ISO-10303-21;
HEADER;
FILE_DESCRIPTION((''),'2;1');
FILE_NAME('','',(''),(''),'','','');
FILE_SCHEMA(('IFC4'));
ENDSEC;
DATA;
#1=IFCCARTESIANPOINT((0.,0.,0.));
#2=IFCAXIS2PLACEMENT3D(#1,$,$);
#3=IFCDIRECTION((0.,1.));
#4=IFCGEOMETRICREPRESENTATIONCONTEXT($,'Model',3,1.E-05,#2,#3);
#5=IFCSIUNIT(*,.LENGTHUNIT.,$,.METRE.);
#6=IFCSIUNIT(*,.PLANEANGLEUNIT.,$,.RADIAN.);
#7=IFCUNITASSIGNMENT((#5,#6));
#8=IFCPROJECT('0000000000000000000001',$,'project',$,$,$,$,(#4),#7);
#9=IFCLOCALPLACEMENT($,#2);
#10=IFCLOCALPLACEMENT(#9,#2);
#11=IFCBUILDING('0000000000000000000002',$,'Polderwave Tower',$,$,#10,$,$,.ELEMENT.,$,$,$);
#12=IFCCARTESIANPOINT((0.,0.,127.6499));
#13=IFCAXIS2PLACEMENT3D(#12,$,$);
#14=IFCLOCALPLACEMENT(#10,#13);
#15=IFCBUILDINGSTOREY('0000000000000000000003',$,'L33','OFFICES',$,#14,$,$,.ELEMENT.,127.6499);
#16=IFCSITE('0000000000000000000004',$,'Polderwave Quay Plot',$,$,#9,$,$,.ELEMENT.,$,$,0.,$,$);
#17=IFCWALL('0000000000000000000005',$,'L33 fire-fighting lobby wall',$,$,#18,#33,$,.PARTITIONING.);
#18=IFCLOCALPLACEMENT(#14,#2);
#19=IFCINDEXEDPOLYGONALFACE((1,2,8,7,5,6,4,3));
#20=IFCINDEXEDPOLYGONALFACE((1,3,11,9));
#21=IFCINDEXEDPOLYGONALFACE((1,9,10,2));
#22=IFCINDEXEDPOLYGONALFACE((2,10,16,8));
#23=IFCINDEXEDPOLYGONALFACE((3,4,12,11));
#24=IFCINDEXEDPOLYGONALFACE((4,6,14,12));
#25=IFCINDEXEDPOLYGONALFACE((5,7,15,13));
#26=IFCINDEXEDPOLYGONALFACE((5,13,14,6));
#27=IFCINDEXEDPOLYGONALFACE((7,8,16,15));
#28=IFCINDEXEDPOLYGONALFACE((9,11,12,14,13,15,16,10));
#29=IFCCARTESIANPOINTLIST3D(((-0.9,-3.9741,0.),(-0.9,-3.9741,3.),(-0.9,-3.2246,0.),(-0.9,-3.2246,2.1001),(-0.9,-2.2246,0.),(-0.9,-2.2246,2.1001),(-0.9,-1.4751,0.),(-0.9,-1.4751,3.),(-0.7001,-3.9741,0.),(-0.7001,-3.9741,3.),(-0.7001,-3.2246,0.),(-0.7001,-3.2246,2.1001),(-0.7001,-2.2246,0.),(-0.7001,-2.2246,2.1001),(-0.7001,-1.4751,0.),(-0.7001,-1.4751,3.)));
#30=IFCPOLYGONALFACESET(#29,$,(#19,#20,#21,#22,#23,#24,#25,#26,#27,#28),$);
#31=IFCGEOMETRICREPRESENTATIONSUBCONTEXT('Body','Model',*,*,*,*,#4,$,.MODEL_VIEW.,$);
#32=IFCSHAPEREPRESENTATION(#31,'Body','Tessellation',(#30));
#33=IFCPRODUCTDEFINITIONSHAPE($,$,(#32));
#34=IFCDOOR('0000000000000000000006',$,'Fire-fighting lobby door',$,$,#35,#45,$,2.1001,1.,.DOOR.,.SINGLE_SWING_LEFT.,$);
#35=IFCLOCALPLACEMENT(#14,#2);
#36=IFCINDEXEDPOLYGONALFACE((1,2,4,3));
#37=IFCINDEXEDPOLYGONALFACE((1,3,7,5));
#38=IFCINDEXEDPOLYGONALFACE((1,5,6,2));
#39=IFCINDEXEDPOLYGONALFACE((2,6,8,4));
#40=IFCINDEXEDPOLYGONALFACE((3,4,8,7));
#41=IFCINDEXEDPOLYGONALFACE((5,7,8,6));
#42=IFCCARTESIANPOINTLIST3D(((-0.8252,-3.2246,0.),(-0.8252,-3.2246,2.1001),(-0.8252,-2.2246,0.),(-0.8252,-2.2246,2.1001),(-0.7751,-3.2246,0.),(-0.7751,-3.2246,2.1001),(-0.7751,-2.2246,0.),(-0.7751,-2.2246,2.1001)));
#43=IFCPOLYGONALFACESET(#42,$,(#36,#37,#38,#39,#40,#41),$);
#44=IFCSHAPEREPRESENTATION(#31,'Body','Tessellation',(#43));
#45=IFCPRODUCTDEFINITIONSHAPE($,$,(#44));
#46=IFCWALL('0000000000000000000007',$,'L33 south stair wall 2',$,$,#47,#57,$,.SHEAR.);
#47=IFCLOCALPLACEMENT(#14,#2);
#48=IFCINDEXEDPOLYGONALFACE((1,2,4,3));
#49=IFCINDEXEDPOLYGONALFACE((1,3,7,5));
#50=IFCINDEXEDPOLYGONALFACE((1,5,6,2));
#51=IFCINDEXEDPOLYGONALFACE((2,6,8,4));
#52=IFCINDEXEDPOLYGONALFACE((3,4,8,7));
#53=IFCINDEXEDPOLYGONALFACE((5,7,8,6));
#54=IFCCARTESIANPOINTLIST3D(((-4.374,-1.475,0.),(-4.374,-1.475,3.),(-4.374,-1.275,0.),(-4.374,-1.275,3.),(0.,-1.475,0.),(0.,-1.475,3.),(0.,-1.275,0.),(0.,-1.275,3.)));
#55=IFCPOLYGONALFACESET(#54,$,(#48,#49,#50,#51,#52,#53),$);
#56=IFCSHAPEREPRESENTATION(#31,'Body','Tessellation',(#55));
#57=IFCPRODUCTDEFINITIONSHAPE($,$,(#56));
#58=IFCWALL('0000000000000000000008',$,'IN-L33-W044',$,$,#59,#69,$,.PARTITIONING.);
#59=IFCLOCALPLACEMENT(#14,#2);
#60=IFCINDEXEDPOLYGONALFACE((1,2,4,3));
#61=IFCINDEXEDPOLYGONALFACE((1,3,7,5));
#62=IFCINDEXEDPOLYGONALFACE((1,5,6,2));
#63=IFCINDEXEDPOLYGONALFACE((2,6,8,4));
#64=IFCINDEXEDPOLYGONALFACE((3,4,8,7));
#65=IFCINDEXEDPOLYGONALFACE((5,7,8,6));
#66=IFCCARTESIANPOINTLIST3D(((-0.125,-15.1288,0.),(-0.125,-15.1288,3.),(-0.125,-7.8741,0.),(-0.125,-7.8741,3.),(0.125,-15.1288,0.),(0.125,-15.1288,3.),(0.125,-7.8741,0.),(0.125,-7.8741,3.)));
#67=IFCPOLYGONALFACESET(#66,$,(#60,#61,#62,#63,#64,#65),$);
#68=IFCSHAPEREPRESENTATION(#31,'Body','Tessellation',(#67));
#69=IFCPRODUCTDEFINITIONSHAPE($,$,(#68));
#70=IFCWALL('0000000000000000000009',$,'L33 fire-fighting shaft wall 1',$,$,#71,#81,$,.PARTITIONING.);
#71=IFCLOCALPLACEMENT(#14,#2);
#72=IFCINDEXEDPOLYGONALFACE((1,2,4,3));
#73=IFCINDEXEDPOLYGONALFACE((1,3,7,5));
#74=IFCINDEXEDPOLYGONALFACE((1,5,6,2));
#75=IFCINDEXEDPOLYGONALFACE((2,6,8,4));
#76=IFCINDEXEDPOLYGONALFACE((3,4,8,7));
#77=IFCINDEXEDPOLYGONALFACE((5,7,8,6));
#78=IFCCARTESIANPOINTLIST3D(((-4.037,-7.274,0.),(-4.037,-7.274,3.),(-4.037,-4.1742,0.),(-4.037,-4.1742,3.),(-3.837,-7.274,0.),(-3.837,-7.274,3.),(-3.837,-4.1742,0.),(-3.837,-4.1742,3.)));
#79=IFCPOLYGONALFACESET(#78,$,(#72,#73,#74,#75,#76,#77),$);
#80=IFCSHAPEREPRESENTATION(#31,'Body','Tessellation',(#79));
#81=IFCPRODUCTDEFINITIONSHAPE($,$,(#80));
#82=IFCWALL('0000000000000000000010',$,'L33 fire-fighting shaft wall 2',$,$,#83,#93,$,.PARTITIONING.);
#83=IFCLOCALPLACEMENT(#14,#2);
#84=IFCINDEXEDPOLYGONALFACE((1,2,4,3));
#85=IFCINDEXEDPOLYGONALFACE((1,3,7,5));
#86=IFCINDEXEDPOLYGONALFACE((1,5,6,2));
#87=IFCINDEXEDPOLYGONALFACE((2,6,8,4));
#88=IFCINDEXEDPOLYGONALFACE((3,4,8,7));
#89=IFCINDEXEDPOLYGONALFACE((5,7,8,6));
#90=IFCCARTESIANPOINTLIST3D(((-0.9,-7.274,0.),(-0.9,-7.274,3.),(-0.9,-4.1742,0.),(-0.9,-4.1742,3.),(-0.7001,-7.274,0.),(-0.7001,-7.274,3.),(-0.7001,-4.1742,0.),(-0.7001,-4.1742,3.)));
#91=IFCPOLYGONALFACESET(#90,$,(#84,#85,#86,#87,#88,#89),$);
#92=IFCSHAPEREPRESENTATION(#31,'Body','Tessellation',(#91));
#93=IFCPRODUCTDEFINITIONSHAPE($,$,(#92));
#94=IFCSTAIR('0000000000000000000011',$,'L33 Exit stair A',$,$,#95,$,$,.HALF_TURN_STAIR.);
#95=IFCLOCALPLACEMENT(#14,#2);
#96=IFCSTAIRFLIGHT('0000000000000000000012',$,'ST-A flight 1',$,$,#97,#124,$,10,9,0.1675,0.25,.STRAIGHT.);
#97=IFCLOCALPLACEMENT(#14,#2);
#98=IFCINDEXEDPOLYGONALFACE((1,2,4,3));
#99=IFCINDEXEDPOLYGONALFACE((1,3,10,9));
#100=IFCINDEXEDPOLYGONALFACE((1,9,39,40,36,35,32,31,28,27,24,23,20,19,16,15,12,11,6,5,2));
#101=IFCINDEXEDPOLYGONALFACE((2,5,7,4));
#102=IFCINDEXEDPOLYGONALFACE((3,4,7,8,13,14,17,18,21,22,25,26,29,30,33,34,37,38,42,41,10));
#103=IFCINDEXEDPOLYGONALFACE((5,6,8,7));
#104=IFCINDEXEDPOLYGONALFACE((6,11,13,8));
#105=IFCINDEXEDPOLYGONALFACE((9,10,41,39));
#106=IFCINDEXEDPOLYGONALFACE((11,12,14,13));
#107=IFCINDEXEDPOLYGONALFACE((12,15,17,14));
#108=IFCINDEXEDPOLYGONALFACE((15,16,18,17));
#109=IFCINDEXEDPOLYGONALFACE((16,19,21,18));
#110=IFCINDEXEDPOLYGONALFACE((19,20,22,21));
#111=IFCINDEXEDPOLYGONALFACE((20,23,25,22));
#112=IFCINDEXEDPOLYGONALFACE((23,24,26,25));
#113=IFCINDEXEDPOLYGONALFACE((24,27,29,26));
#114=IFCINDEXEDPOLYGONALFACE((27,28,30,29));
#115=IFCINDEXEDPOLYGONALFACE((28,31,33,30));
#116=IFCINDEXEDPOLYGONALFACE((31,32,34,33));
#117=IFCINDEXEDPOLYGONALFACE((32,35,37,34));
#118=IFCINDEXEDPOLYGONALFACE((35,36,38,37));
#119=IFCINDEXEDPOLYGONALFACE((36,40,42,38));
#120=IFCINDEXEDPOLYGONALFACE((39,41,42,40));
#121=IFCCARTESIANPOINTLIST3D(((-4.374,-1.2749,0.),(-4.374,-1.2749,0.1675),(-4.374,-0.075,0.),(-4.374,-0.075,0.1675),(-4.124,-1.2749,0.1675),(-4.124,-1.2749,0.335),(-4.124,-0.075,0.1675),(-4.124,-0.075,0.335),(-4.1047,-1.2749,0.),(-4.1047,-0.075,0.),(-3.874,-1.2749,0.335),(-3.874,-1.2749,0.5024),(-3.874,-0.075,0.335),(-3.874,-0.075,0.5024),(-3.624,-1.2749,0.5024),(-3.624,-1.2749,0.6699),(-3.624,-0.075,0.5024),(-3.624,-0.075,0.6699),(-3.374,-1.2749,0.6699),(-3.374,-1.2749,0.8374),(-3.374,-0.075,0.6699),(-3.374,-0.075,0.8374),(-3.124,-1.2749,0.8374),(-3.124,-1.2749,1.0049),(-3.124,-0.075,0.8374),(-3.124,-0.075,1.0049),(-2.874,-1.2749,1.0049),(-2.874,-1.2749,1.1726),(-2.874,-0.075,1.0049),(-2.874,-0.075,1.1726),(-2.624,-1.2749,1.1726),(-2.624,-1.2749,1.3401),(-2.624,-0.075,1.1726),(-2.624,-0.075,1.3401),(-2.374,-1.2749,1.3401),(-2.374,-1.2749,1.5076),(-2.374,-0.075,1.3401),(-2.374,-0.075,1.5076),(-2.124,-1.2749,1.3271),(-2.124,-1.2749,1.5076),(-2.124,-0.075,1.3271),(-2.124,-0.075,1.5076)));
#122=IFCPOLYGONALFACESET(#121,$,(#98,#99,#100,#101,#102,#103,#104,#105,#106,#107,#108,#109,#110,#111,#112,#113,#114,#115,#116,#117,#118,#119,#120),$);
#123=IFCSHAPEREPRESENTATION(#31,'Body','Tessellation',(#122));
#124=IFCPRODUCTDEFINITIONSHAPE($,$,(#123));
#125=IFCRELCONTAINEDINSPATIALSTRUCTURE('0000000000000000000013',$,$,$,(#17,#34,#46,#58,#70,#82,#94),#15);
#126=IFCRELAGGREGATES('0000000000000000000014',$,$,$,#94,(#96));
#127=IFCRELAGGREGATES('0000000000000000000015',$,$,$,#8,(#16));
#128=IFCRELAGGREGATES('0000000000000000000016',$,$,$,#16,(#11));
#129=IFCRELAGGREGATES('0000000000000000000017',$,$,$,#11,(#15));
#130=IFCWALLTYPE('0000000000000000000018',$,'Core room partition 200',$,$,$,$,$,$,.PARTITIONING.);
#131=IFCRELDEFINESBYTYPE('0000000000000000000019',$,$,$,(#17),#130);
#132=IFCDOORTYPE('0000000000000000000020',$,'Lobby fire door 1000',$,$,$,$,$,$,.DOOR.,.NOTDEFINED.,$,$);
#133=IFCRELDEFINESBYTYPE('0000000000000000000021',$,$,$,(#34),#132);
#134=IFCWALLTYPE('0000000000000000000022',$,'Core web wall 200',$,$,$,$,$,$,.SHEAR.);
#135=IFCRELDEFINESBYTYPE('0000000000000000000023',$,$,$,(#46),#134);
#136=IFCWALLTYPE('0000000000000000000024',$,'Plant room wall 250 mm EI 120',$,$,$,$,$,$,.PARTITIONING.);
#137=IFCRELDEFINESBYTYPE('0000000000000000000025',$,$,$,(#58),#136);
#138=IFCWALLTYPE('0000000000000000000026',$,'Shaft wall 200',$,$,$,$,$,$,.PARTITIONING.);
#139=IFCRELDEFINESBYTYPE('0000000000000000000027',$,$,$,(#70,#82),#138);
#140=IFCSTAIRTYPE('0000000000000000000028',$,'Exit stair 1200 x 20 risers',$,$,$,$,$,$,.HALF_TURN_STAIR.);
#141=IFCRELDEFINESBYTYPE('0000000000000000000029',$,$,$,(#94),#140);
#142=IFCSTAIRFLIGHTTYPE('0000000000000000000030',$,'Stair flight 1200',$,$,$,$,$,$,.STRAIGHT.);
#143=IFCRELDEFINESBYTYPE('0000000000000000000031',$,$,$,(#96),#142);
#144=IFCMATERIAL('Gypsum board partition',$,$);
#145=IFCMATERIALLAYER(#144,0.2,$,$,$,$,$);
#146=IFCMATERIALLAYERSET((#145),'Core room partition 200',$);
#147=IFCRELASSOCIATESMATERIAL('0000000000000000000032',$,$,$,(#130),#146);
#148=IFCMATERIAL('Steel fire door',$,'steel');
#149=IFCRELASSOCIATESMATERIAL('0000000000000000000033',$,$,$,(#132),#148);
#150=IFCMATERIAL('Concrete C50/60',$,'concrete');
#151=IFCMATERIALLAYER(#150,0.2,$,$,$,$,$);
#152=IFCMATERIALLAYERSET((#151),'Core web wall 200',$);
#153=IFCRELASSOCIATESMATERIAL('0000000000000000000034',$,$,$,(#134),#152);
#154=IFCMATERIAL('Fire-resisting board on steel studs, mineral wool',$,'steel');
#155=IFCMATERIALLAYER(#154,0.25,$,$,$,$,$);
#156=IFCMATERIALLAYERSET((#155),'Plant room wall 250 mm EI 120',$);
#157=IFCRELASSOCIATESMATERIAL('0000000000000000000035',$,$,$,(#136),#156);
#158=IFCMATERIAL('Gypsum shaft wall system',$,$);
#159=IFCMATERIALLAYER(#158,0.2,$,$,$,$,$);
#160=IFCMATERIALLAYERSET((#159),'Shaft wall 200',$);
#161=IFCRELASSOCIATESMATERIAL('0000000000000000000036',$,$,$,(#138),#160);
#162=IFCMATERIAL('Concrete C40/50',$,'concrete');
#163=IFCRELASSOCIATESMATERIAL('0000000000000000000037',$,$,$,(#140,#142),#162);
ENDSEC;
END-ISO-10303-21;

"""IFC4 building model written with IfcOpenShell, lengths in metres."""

from ifc_helpers import new_model, si_unit, direction, frame, frame_2d, origin, place, context, subcontext, project, spatial, polyline, rectangle, outline, extrude, material, layer, layer_set, type_object, element, fill, aggregate, save


model = new_model("IFC4")

# Units and contexts
model_context = context("Model", 3, precision=1e-05, world=origin(), true_north=direction((0.0, 1.0)))
body_context = subcontext(model_context, "Body", "Model", "MODEL_VIEW")
ifc_project = project(units=[si_unit("LENGTHUNIT", "METRE"), si_unit("PLANEANGLEUNIT", "RADIAN")], contexts=[model_context])

# Site, building, storey
site_placement = place(None, origin())
site = spatial("IfcSite", under=ifc_project, at=site_placement, Name="Polderwave Quay Plot", CompositionType="ELEMENT", RefElevation=0.0)
building_placement = place(site_placement, origin())
building = spatial("IfcBuilding", under=site, at=building_placement, Name="Polderwave Tower", CompositionType="ELEMENT")
storey_placement = place(building_placement, frame((0.0, 0.0, 127.6499)))
storey = spatial("IfcBuildingStorey", under=building, at=storey_placement, Name="L33", Description="OFFICES", CompositionType="ELEMENT", Elevation=127.6499)

# Wall, opening, door
ifc_material_1 = material(Name="Gypsum board partition")
ifc_layer_1 = layer(ifc_material_1, 0.2)
ifc_layer_set_1 = layer_set([ifc_layer_1], Name="Core room partition 200")
wall_type_1 = type_object("IfcWallType", Name="Core room partition 200", PredefinedType="PARTITIONING", material=ifc_layer_set_1)
wall_1_placement = place(storey_placement, frame((-0.8, -3.9741, 0.0), z_axis=(0.0, 0.0, 1.0), x_axis=(0.0, 1.0, 0.0)))
wall_1 = element("IfcWall", 1, at=wall_1_placement, inside=storey, type_object=wall_type_1, Name="L33 fire-fighting lobby wall", PredefinedType="PARTITIONING", context=body_context, shape_type="SweptSolid", body=[
    extrude(rectangle(XDim=2.499, YDim=0.2, at=frame_2d((1.2495, 0.0))), origin(), (0.0, 0.0, 1.0), 3.0),
])
opening_placement = place(wall_1_placement, frame((0.7495, 0.0, 0.0)))
opening = element("IfcOpeningElement", 2, at=opening_placement, cuts=wall_1, PredefinedType="OPENING", context=body_context, shape_type="SweptSolid", body=[
    extrude(rectangle(XDim=1.0, YDim=2.1001, at=frame_2d((0.5, 1.05))), frame((0.0, 0.1099, 0.0), z_axis=(0.0, -1.0, 0.0), x_axis=(1.0, 0.0, 0.0)), (0.0, 0.0, 1.0), 0.22),
])
ifc_material_2 = material(Name="Steel fire door", Category="steel")
door_type = type_object("IfcDoorType", Name="Lobby fire door 1000", OperationType="NOTDEFINED", PredefinedType="DOOR", material=ifc_material_2)
door_placement = place(opening_placement, frame((1.0, 0.0, 0.0), z_axis=(0.0, 0.0, 1.0), x_axis=(-1.0, 0.0, 0.0)))
door = element("IfcDoor", 3, at=door_placement, inside=storey, type_object=door_type, Name="Fire-fighting lobby door", OperationType="SINGLE_SWING_LEFT", OverallHeight=2.1001, OverallWidth=1.0, PredefinedType="DOOR", context=body_context, shape_type="SweptSolid", body=[
    extrude(rectangle(XDim=1.0, YDim=2.1001, at=frame_2d((0.5, 1.05))), frame((0.0, 0.0249, 0.0), z_axis=(0.0, -1.0, 0.0), x_axis=(1.0, 0.0, 0.0)), (0.0, 0.0, 1.0), 0.05),
])
fill(opening, door)

# Walls
ifc_material_3 = material(Name="Concrete C50/60", Category="concrete")
ifc_layer_2 = layer(ifc_material_3, 0.2)
ifc_layer_set_2 = layer_set([ifc_layer_2], Name="Core web wall 200")
wall_type_2 = type_object("IfcWallType", Name="Core web wall 200", PredefinedType="SHEAR", material=ifc_layer_set_2)
wall_2_placement = place(storey_placement, frame((-4.374, -1.375, 0.0), z_axis=(0.0, 0.0, 1.0), x_axis=(1.0, 0.0, 0.0)))
element("IfcWall", 4, at=wall_2_placement, inside=storey, type_object=wall_type_2, Name="L33 south stair wall 2", PredefinedType="SHEAR", context=body_context, shape_type="SweptSolid", body=[
    extrude(rectangle(XDim=4.374, YDim=0.2, at=frame_2d((2.187, 0.0))), origin(), (0.0, 0.0, 1.0), 3.0),
])
ifc_material_4 = material(Name="Fire-resisting board on steel studs, mineral wool", Category="steel")
ifc_layer_3 = layer(ifc_material_4, 0.25)
ifc_layer_set_3 = layer_set([ifc_layer_3], Name="Plant room wall 250 mm EI 120")
wall_type_3 = type_object("IfcWallType", Name="Plant room wall 250 mm EI 120", PredefinedType="PARTITIONING", material=ifc_layer_set_3)
wall_3_placement = place(storey_placement, frame((0.0, -7.874, 0.0), z_axis=(0.0, 0.0, 1.0), x_axis=(0.0, -1.0, 0.0)))
element("IfcWall", 5, at=wall_3_placement, inside=storey, type_object=wall_type_3, Name="IN-L33-W044", PredefinedType="PARTITIONING", context=body_context, shape_type="SweptSolid", body=[
    extrude(rectangle(XDim=7.2546, YDim=0.25, at=frame_2d((3.6274, 0.0))), origin(), (0.0, 0.0, 1.0), 3.0),
])
ifc_material_5 = material(Name="Gypsum shaft wall system")
ifc_layer_4 = layer(ifc_material_5, 0.2)
ifc_layer_set_4 = layer_set([ifc_layer_4], Name="Shaft wall 200")
wall_type_4 = type_object("IfcWallType", Name="Shaft wall 200", PredefinedType="PARTITIONING", material=ifc_layer_set_4)
for number, where, z_axis, x_axis, name in (
    (6, (-3.937, -7.2739, 0.0), (0.0, 0.0, 1.0), (0.0, 1.0, 0.0), "L33 fire-fighting shaft wall 1"),
    (7, (-0.8, -7.2739, 0.0), (0.0, 0.0, 1.0), (0.0, 1.0, 0.0), "L33 fire-fighting shaft wall 2"),
):
    element("IfcWall", number, at=place(storey_placement, frame(where, z_axis=z_axis, x_axis=x_axis)), inside=storey, type_object=wall_type_4, Name=name, PredefinedType="PARTITIONING", context=body_context, shape_type="SweptSolid", body=[
        extrude(rectangle(XDim=3.0999, YDim=0.2, at=frame_2d((1.5498, 0.0))), origin(), (0.0, 0.0, 1.0), 3.0),
    ])

# Stair, stair flight
ifc_material_6 = material(Name="Concrete C40/50", Category="concrete")
stair_type = type_object("IfcStairType", Name="Exit stair 1200 x 20 risers", PredefinedType="HALF_TURN_STAIR", material=ifc_material_6)
stair_placement = place(storey_placement, origin())
stair = element("IfcStair", 8, at=stair_placement, inside=storey, type_object=stair_type, Name="L33 Exit stair A", PredefinedType="HALF_TURN_STAIR")
stair_flight_type = type_object("IfcStairFlightType", Name="Stair flight 1200", PredefinedType="STRAIGHT", material=ifc_material_6)
stair_flight_placement = place(storey_placement, frame((-4.374, -0.675, 0.0), z_axis=(0.0, 0.0, 1.0), x_axis=(1.0, 0.0, 0.0)))
stair_flight = element("IfcStairFlight", 9, at=stair_flight_placement, type_object=stair_flight_type, Name="ST-A flight 1", NumberOfRisers=10, NumberOfTreads=9, PredefinedType="STRAIGHT", RiserHeight=0.1675, TreadLength=0.25, context=body_context, shape_type="SweptSolid", body=[
    extrude(outline(polyline([(0.0, 0.0), (0.0, 0.1675), (0.25, 0.1675), (0.25, 0.335), (0.5, 0.335), (0.5, 0.5024), (0.75, 0.5024), (0.75, 0.6699), (1.0, 0.6699), (1.0, 0.8374), (1.25, 0.8374), (1.25, 1.0049), (1.5, 1.0049), (1.5, 1.1726), (1.75, 1.1726), (1.75, 1.3401), (2.0, 1.3401), (2.0, 1.5076), (2.25, 1.5076), (2.25, 1.675), (2.25, 1.3271), (0.2693, 0.0), (0.0, 0.0)])), frame((0.0, 0.6001, 0.0), z_axis=(0.0, -1.0, 0.0), x_axis=(1.0, 0.0, 0.0)), (0.0, 0.0, 1.0), 1.2),
])
aggregate(stair, [stair_flight])

save(model, "model.ifc")
